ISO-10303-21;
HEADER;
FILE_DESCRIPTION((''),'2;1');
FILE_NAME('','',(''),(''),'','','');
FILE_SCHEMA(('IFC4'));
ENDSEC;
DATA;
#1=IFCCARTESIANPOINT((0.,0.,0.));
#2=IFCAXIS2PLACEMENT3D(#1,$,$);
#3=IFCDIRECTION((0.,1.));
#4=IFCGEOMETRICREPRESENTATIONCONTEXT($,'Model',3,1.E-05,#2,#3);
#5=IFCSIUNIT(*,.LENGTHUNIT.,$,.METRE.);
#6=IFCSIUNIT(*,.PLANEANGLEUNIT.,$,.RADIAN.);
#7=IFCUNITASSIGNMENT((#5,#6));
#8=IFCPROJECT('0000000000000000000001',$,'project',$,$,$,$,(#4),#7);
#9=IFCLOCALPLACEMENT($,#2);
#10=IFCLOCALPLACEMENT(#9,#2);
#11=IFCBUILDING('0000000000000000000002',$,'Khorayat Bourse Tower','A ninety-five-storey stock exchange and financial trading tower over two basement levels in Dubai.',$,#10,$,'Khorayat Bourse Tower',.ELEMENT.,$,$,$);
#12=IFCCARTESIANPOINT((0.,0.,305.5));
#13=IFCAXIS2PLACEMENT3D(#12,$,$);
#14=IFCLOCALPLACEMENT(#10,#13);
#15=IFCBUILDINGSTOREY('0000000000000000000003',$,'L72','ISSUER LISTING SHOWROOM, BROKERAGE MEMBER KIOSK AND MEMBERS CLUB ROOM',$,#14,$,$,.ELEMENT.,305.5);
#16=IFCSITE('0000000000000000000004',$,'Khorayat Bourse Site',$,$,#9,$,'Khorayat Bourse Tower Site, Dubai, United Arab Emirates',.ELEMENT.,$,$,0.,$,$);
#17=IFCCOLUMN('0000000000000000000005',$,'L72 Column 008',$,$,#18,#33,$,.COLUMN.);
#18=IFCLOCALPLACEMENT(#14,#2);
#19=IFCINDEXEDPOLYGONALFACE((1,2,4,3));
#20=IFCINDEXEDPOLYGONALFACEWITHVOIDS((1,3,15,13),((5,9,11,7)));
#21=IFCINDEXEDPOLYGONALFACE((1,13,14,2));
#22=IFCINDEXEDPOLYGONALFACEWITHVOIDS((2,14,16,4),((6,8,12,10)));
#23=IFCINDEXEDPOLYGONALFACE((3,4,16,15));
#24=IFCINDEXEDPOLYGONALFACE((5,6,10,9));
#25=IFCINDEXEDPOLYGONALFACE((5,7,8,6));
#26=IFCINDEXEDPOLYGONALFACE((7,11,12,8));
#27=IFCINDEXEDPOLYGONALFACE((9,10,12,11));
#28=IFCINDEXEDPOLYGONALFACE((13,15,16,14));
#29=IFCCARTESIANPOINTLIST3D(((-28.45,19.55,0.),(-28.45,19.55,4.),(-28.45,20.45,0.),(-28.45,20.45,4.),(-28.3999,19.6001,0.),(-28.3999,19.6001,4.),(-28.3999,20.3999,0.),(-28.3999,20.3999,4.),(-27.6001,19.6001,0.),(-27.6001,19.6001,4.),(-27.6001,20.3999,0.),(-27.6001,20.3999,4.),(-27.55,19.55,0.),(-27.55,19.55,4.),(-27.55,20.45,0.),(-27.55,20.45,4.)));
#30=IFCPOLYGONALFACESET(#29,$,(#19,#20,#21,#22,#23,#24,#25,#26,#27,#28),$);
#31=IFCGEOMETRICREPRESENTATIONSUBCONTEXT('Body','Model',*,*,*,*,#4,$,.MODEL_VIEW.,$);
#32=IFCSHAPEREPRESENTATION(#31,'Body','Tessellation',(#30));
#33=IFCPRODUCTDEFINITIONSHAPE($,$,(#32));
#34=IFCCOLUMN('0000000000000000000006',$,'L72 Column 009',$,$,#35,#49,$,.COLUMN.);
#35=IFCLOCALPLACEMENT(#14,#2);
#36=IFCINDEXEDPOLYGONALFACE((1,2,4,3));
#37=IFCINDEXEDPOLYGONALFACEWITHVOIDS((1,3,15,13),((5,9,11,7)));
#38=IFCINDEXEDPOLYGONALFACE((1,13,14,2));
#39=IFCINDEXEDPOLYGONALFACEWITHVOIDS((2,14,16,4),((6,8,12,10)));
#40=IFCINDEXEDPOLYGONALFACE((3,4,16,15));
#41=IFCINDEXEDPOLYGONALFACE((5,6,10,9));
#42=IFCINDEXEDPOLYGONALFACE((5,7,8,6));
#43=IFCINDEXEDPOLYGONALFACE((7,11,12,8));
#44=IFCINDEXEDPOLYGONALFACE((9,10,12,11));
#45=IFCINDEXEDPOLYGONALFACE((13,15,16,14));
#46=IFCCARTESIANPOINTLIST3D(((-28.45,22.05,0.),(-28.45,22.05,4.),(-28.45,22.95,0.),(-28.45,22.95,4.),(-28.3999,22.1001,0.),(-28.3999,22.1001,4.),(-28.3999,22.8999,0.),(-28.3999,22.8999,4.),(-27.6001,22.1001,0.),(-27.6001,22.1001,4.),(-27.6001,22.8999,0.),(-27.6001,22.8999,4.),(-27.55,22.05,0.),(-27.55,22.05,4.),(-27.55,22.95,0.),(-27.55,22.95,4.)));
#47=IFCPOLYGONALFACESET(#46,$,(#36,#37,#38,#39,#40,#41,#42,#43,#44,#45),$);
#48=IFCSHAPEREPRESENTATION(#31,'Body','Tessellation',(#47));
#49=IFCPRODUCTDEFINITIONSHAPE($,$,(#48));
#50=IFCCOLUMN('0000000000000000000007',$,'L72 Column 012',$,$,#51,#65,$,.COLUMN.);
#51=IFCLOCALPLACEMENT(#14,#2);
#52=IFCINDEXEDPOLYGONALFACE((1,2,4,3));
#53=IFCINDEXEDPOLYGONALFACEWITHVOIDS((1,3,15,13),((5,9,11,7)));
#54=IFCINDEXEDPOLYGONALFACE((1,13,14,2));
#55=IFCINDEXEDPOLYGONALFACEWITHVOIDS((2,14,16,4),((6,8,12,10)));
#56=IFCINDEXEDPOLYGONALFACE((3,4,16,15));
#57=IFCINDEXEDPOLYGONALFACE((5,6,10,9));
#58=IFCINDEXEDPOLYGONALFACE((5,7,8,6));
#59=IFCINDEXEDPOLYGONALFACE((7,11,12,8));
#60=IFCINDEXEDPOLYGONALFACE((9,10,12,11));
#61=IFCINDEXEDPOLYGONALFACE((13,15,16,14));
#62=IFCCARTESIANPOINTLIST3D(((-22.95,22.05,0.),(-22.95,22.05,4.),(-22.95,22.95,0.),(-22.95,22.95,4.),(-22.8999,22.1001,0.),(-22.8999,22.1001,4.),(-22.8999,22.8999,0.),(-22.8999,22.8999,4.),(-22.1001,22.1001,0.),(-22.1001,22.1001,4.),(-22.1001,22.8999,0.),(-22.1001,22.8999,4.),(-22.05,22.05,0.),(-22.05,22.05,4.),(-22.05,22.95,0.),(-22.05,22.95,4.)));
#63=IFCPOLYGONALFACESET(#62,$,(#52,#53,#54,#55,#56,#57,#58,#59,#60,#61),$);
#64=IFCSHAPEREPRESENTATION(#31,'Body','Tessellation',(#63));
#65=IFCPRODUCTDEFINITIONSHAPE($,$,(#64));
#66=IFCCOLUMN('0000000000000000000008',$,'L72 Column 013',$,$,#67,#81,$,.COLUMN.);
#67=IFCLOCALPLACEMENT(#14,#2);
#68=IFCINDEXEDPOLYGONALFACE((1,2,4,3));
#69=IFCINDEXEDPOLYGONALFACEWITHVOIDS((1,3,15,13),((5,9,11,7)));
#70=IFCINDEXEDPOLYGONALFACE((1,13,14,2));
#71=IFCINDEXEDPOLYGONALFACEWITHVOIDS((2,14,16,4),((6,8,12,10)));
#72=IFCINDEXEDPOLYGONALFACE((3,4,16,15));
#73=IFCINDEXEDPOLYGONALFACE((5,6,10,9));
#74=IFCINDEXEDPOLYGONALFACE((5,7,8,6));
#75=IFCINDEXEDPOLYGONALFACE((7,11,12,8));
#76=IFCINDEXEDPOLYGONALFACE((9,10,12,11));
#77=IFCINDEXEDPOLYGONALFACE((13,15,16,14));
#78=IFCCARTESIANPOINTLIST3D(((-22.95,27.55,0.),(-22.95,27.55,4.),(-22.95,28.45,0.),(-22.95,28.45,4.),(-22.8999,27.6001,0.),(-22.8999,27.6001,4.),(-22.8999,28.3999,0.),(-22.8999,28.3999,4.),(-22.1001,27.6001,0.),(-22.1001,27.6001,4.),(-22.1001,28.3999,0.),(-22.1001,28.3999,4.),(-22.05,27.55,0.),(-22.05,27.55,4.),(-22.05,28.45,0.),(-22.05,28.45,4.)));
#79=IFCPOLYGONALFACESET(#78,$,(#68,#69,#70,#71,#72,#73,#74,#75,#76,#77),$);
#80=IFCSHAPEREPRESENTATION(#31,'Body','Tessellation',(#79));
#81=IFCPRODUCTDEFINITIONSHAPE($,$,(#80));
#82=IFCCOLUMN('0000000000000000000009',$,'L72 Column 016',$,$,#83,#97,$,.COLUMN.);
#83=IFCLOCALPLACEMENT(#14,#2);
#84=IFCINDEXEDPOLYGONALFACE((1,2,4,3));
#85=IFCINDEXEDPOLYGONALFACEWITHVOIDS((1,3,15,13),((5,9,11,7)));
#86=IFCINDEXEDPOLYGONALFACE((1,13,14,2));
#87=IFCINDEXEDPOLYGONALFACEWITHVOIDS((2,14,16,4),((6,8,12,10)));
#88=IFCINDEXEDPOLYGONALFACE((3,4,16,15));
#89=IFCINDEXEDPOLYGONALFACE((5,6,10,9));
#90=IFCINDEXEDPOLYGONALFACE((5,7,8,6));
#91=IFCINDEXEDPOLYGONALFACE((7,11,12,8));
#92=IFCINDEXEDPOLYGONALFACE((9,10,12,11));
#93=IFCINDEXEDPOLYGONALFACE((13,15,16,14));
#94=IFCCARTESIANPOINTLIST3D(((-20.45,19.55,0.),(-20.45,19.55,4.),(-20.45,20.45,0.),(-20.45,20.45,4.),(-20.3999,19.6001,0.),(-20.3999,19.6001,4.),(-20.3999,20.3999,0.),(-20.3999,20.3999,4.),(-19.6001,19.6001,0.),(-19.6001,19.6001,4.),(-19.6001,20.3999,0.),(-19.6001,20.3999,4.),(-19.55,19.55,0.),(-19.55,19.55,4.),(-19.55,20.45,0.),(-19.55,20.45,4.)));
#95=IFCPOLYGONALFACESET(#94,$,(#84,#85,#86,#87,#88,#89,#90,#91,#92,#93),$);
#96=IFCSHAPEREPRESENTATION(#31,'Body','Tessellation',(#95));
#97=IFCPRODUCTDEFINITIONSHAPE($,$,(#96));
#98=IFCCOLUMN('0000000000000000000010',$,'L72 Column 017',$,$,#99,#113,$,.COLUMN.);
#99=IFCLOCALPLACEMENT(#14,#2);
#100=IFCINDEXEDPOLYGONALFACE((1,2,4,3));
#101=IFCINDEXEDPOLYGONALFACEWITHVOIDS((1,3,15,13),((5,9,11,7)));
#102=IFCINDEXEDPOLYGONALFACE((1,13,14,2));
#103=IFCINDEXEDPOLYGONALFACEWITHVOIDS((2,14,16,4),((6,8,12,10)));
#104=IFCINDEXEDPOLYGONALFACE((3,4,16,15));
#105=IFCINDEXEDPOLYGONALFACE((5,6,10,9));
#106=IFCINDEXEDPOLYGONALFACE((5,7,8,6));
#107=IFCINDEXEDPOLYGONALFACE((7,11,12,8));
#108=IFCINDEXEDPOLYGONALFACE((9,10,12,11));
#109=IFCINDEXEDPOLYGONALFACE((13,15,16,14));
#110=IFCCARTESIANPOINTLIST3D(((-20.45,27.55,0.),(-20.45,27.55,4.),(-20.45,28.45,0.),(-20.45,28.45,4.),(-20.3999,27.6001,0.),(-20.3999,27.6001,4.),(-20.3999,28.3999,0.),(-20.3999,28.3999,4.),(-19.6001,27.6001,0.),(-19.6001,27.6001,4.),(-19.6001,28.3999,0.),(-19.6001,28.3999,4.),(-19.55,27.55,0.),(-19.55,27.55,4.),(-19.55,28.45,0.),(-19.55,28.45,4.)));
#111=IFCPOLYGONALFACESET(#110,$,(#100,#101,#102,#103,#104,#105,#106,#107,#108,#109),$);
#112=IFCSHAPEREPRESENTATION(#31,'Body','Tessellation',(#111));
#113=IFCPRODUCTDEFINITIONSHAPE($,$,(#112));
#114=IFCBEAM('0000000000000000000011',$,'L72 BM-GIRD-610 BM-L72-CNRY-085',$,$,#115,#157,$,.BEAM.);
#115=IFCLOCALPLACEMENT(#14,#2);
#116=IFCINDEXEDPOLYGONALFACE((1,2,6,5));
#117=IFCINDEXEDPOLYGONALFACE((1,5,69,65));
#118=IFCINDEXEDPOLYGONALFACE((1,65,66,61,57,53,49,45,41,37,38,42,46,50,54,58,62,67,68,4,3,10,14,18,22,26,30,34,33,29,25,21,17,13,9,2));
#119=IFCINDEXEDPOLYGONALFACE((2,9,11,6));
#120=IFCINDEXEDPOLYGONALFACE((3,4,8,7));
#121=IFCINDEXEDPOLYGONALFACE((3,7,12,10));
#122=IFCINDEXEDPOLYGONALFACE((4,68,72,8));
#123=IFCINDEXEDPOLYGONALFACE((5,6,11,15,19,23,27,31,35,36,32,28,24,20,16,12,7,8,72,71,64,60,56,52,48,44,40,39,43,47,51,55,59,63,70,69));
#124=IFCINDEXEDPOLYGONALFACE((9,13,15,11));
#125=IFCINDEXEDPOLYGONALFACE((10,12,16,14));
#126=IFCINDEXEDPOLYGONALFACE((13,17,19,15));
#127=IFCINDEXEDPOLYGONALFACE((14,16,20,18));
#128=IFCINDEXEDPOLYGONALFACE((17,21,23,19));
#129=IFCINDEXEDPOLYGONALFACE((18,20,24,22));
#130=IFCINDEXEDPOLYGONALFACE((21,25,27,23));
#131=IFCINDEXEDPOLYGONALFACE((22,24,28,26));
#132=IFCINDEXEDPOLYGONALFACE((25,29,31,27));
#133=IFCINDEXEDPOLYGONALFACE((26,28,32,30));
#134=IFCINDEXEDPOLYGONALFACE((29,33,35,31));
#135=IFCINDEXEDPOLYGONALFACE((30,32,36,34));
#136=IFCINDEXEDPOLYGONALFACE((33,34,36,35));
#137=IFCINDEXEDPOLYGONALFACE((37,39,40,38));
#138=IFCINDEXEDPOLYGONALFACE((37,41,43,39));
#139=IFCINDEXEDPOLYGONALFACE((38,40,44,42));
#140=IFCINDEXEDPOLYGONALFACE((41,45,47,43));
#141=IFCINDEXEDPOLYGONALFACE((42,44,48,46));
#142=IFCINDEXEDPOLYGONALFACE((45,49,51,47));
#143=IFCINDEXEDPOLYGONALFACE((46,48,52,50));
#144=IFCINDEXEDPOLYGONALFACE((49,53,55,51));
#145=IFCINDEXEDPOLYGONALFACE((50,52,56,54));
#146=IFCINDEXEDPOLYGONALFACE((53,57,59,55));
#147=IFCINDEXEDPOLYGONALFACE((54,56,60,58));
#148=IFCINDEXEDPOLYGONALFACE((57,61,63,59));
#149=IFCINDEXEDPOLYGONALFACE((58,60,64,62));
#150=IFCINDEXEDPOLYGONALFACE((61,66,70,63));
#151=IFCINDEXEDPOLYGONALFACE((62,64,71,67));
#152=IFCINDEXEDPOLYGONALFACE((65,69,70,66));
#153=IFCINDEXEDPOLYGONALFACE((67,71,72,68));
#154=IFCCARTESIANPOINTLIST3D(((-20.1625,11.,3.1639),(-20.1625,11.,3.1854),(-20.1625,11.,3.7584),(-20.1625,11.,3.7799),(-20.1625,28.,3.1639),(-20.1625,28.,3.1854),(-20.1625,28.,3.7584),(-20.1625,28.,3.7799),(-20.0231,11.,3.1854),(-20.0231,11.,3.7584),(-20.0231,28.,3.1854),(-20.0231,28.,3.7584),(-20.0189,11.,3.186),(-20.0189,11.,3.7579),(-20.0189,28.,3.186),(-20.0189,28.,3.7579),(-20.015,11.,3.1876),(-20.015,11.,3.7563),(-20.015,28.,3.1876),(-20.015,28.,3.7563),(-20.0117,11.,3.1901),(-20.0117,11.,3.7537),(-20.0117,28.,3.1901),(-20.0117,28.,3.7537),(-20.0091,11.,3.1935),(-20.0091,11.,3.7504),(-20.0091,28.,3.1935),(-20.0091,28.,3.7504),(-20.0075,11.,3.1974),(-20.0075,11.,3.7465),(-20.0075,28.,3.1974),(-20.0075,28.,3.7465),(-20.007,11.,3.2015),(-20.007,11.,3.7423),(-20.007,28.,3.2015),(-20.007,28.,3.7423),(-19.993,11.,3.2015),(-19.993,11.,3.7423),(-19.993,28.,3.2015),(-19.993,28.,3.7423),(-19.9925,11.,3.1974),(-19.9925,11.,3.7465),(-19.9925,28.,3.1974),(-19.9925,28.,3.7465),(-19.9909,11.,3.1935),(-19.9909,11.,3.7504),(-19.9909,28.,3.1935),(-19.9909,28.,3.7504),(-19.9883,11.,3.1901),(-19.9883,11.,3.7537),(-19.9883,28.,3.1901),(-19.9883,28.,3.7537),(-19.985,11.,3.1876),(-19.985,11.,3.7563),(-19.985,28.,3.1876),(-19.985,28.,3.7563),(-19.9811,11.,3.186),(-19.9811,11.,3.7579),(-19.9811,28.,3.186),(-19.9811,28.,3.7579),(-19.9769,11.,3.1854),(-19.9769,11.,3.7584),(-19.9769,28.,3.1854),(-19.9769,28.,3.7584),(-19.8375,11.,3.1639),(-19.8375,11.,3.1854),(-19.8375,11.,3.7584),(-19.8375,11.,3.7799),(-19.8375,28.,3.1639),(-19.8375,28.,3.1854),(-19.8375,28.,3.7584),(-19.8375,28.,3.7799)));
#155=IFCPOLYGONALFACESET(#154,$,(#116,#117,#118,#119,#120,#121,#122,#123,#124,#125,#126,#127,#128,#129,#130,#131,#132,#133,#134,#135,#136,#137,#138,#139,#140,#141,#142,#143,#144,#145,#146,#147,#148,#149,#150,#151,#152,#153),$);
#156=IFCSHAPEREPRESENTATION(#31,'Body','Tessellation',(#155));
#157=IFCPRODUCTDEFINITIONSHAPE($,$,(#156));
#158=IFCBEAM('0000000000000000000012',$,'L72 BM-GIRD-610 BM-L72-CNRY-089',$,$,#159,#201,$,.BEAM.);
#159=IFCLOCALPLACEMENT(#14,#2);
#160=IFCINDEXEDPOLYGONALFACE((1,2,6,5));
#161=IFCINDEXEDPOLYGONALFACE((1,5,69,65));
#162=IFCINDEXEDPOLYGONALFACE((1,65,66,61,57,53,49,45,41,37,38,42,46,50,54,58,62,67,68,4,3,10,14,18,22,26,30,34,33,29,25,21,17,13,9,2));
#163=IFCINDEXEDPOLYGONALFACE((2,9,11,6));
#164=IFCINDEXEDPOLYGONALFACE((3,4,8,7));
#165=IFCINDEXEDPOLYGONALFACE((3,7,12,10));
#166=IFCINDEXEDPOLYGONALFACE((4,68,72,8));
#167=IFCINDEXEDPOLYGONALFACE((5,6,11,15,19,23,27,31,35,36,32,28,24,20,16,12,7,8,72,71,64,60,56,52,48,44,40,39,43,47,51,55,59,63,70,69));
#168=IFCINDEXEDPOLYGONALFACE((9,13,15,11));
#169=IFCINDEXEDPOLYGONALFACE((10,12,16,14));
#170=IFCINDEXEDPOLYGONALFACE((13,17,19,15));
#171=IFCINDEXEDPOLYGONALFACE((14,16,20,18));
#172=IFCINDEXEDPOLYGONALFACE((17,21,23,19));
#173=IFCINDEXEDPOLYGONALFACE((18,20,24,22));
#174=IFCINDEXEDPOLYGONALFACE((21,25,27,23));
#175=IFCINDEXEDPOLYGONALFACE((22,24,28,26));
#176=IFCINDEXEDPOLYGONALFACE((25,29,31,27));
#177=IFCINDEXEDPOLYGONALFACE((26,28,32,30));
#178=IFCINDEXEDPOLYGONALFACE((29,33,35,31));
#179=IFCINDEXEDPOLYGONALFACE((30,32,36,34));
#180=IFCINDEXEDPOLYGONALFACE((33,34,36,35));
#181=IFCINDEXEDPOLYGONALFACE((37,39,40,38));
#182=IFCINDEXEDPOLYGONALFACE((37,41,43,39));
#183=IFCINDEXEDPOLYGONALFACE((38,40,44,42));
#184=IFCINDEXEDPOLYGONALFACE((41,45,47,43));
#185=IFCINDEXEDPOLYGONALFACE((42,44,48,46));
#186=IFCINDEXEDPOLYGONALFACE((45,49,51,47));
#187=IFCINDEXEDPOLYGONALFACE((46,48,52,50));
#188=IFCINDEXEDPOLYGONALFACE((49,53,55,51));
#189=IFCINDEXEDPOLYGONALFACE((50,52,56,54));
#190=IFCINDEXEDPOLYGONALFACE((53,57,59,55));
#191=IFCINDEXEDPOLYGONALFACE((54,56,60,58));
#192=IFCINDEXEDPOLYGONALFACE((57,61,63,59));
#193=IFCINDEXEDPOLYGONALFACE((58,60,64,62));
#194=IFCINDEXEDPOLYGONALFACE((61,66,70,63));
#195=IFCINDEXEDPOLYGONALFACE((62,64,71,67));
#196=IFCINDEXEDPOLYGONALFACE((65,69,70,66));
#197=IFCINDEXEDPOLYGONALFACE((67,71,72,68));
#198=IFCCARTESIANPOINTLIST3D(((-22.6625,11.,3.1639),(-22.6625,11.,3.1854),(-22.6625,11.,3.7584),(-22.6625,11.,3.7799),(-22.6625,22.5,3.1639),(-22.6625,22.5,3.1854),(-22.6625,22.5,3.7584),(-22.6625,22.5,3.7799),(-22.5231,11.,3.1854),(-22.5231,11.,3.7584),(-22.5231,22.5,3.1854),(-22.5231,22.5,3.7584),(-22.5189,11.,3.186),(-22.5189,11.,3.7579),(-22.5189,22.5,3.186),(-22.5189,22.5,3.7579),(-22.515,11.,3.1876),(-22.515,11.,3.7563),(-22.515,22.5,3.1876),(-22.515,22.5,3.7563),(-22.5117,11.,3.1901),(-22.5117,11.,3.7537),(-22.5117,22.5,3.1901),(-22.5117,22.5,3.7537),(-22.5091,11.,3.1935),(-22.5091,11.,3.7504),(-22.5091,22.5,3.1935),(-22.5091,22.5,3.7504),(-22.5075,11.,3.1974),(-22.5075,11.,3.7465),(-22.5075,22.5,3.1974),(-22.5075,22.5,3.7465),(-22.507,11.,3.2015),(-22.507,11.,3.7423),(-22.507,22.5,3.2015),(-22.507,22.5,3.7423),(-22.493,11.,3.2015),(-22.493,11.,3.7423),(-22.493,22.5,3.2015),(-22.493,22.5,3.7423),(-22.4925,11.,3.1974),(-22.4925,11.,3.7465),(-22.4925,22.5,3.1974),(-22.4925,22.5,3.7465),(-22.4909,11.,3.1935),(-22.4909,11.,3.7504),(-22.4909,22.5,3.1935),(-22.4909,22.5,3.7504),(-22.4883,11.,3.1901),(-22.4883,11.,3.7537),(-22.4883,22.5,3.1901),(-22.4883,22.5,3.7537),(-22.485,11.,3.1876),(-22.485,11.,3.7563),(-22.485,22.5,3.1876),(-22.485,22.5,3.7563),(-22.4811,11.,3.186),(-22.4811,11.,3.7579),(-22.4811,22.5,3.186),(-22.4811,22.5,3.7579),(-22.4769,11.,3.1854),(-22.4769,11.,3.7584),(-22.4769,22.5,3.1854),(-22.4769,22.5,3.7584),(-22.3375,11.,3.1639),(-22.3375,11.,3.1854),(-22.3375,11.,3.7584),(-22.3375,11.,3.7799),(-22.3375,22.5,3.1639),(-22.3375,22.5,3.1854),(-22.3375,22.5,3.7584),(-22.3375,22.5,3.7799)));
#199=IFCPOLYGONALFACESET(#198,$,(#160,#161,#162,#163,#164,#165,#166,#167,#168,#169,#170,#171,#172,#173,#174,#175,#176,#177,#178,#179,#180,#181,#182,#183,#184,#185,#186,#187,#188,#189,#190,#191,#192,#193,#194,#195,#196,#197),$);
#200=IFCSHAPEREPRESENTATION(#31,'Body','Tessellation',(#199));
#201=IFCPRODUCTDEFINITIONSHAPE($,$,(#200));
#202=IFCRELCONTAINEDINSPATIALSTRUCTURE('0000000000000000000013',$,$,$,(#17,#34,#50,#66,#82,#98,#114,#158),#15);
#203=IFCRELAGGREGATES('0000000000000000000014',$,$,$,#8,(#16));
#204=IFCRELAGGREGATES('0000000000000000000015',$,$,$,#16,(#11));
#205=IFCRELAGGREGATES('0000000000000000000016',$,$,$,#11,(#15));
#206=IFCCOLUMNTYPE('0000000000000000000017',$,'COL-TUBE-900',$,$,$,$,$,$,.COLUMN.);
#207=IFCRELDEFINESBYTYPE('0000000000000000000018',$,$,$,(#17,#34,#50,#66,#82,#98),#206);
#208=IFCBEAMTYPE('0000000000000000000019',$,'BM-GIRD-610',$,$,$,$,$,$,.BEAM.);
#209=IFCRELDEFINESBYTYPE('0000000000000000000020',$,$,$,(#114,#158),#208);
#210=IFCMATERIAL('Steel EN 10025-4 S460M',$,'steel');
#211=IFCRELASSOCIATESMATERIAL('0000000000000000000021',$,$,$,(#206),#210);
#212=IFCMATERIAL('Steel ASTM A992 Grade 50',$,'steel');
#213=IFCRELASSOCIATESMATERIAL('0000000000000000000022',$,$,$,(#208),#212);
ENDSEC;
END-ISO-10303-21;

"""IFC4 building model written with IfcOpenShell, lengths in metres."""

from ifc_helpers import new_model, si_unit, direction, frame, origin, origin_2d, place, context, subcontext, project, spatial, hollow_rectangle, i_section, extrude, source, transform, mapped, material, material_profile, profile_set, type_object, element, save


model = new_model("IFC4")

# Units and contexts
model_context = context("Model", 3, precision=1e-05, world=origin(), true_north=direction((0.0, 1.0)))
body_context = subcontext(model_context, "Body", "Model", "MODEL_VIEW")
ifc_project = project(units=[si_unit("LENGTHUNIT", "METRE"), si_unit("PLANEANGLEUNIT", "RADIAN")], contexts=[model_context])

# Site, building, storey
site_placement = place(None, origin())
site = spatial("IfcSite", under=ifc_project, at=site_placement, Name="Khorayat Bourse Site", LongName="Khorayat Bourse Tower Site, Dubai, United Arab Emirates", CompositionType="ELEMENT", RefElevation=0.0)
building_placement = place(site_placement, origin())
building = spatial("IfcBuilding", under=site, at=building_placement, Name="Khorayat Bourse Tower", Description="A ninety-five-storey stock exchange and financial trading tower over two basement levels in Dubai.", LongName="Khorayat Bourse Tower", CompositionType="ELEMENT")
storey_placement = place(building_placement, frame((0.0, 0.0, 305.5)))
storey = spatial("IfcBuildingStorey", under=building, at=storey_placement, Name="L72", Description="ISSUER LISTING SHOWROOM, BROKERAGE MEMBER KIOSK AND MEMBERS CLUB ROOM", CompositionType="ELEMENT", Elevation=305.5)

# Columns
ifc_material_1 = material(Name="Steel EN 10025-4 S460M", Category="steel")
ifc_material_profile_1 = material_profile(ifc_material_1, hollow_rectangle(XDim=0.8999, YDim=0.8999, WallThickness=0.05, at=origin_2d()), Name="BOX 900x900x50")
ifc_profile_set_1 = profile_set([ifc_material_profile_1], Name="Steel EN 10025-4 S460M")
column_type = type_object("IfcColumnType", Name="COL-TUBE-900", PredefinedType="COLUMN", material=ifc_profile_set_1)
shared_shape_1 = source(origin(), body_context, "Body", "SweptSolid", [
    extrude(hollow_rectangle(XDim=0.8999, YDim=0.8999, WallThickness=0.05, at=origin_2d()), origin(), (0.0, 0.0, 1.0), 4.0),
])
for number, where, z_axis, x_axis, name in (
    (1, (-28.0, 20.0, 0.0), (0.0, 0.0, 1.0), (1.0, 0.0, 0.0), "L72 Column 008"),
    (2, (-28.0, 22.5, 0.0), (0.0, 0.0, 1.0), (1.0, 0.0, 0.0), "L72 Column 009"),
    (3, (-22.5, 22.5, 0.0), (0.0, 0.0, 1.0), (1.0, 0.0, 0.0), "L72 Column 012"),
    (4, (-22.5, 28.0, 0.0), (0.0, 0.0, 1.0), (1.0, 0.0, 0.0), "L72 Column 013"),
    (5, (-20.0, 20.0, 0.0), (0.0, 0.0, 1.0), (1.0, 0.0, 0.0), "L72 Column 016"),
    (6, (-20.0, 28.0, 0.0), (0.0, 0.0, 1.0), (1.0, 0.0, 0.0), "L72 Column 017"),
):
    element("IfcColumn", number, at=place(storey_placement, frame(where, z_axis=z_axis, x_axis=x_axis)), inside=storey, type_object=column_type, Name=name, PredefinedType="COLUMN", context=body_context, shape_type="MappedRepresentation", body=[
        mapped(shared_shape_1, transform((0.0, 0.0, 0.0), scale=1.0)),
    ])

# Beams
ifc_material_2 = material(Name="Steel ASTM A992 Grade 50", Category="steel")
ifc_material_profile_2 = material_profile(ifc_material_2, i_section(OverallWidth=0.325, OverallDepth=0.616, WebThickness=0.0139, FlangeThickness=0.0215, FilletRadius=0.0161, at=origin_2d()), Name="W610X174")
ifc_profile_set_2 = profile_set([ifc_material_profile_2], Name="Steel ASTM A992 Grade 50")
beam_type_1 = type_object("IfcBeamType", Name="BM-GIRD-610", PredefinedType="BEAM", material=ifc_profile_set_2)
shared_shape_2 = source(origin(), body_context, "Body", "SweptSolid", [
    extrude(i_section(OverallWidth=0.325, OverallDepth=0.616, WebThickness=0.0139, FlangeThickness=0.0215, FilletRadius=0.0161, at=origin_2d()), origin(), (0.0, 0.0, 1.0), 17.0),
])
beam_1_placement = place(storey_placement, frame((-20.0, 11.0, 3.4719), z_axis=(0.0, 1.0, 0.0), x_axis=(-1.0, 0.0, 0.0)))
element("IfcBeam", 7, at=beam_1_placement, inside=storey, type_object=beam_type_1, Name="L72 BM-GIRD-610 BM-L72-CNRY-085", PredefinedType="BEAM", context=body_context, shape_type="MappedRepresentation", body=[
    mapped(shared_shape_2, transform((0.0, 0.0, 0.0), scale=1.0)),
])
shared_shape_3 = source(origin(), body_context, "Body", "SweptSolid", [
    extrude(i_section(OverallWidth=0.325, OverallDepth=0.616, WebThickness=0.0139, FlangeThickness=0.0215, FilletRadius=0.0161, at=origin_2d()), origin(), (0.0, 0.0, 1.0), 11.5),
])
beam_2_placement = place(storey_placement, frame((-22.5, 11.0, 3.4719), z_axis=(0.0, 1.0, 0.0), x_axis=(-1.0, 0.0, 0.0)))
element("IfcBeam", 8, at=beam_2_placement, inside=storey, type_object=beam_type_1, Name="L72 BM-GIRD-610 BM-L72-CNRY-089", PredefinedType="BEAM", context=body_context, shape_type="MappedRepresentation", body=[
    mapped(shared_shape_3, transform((0.0, 0.0, 0.0), scale=1.0)),
])

save(model, "model.ifc")
